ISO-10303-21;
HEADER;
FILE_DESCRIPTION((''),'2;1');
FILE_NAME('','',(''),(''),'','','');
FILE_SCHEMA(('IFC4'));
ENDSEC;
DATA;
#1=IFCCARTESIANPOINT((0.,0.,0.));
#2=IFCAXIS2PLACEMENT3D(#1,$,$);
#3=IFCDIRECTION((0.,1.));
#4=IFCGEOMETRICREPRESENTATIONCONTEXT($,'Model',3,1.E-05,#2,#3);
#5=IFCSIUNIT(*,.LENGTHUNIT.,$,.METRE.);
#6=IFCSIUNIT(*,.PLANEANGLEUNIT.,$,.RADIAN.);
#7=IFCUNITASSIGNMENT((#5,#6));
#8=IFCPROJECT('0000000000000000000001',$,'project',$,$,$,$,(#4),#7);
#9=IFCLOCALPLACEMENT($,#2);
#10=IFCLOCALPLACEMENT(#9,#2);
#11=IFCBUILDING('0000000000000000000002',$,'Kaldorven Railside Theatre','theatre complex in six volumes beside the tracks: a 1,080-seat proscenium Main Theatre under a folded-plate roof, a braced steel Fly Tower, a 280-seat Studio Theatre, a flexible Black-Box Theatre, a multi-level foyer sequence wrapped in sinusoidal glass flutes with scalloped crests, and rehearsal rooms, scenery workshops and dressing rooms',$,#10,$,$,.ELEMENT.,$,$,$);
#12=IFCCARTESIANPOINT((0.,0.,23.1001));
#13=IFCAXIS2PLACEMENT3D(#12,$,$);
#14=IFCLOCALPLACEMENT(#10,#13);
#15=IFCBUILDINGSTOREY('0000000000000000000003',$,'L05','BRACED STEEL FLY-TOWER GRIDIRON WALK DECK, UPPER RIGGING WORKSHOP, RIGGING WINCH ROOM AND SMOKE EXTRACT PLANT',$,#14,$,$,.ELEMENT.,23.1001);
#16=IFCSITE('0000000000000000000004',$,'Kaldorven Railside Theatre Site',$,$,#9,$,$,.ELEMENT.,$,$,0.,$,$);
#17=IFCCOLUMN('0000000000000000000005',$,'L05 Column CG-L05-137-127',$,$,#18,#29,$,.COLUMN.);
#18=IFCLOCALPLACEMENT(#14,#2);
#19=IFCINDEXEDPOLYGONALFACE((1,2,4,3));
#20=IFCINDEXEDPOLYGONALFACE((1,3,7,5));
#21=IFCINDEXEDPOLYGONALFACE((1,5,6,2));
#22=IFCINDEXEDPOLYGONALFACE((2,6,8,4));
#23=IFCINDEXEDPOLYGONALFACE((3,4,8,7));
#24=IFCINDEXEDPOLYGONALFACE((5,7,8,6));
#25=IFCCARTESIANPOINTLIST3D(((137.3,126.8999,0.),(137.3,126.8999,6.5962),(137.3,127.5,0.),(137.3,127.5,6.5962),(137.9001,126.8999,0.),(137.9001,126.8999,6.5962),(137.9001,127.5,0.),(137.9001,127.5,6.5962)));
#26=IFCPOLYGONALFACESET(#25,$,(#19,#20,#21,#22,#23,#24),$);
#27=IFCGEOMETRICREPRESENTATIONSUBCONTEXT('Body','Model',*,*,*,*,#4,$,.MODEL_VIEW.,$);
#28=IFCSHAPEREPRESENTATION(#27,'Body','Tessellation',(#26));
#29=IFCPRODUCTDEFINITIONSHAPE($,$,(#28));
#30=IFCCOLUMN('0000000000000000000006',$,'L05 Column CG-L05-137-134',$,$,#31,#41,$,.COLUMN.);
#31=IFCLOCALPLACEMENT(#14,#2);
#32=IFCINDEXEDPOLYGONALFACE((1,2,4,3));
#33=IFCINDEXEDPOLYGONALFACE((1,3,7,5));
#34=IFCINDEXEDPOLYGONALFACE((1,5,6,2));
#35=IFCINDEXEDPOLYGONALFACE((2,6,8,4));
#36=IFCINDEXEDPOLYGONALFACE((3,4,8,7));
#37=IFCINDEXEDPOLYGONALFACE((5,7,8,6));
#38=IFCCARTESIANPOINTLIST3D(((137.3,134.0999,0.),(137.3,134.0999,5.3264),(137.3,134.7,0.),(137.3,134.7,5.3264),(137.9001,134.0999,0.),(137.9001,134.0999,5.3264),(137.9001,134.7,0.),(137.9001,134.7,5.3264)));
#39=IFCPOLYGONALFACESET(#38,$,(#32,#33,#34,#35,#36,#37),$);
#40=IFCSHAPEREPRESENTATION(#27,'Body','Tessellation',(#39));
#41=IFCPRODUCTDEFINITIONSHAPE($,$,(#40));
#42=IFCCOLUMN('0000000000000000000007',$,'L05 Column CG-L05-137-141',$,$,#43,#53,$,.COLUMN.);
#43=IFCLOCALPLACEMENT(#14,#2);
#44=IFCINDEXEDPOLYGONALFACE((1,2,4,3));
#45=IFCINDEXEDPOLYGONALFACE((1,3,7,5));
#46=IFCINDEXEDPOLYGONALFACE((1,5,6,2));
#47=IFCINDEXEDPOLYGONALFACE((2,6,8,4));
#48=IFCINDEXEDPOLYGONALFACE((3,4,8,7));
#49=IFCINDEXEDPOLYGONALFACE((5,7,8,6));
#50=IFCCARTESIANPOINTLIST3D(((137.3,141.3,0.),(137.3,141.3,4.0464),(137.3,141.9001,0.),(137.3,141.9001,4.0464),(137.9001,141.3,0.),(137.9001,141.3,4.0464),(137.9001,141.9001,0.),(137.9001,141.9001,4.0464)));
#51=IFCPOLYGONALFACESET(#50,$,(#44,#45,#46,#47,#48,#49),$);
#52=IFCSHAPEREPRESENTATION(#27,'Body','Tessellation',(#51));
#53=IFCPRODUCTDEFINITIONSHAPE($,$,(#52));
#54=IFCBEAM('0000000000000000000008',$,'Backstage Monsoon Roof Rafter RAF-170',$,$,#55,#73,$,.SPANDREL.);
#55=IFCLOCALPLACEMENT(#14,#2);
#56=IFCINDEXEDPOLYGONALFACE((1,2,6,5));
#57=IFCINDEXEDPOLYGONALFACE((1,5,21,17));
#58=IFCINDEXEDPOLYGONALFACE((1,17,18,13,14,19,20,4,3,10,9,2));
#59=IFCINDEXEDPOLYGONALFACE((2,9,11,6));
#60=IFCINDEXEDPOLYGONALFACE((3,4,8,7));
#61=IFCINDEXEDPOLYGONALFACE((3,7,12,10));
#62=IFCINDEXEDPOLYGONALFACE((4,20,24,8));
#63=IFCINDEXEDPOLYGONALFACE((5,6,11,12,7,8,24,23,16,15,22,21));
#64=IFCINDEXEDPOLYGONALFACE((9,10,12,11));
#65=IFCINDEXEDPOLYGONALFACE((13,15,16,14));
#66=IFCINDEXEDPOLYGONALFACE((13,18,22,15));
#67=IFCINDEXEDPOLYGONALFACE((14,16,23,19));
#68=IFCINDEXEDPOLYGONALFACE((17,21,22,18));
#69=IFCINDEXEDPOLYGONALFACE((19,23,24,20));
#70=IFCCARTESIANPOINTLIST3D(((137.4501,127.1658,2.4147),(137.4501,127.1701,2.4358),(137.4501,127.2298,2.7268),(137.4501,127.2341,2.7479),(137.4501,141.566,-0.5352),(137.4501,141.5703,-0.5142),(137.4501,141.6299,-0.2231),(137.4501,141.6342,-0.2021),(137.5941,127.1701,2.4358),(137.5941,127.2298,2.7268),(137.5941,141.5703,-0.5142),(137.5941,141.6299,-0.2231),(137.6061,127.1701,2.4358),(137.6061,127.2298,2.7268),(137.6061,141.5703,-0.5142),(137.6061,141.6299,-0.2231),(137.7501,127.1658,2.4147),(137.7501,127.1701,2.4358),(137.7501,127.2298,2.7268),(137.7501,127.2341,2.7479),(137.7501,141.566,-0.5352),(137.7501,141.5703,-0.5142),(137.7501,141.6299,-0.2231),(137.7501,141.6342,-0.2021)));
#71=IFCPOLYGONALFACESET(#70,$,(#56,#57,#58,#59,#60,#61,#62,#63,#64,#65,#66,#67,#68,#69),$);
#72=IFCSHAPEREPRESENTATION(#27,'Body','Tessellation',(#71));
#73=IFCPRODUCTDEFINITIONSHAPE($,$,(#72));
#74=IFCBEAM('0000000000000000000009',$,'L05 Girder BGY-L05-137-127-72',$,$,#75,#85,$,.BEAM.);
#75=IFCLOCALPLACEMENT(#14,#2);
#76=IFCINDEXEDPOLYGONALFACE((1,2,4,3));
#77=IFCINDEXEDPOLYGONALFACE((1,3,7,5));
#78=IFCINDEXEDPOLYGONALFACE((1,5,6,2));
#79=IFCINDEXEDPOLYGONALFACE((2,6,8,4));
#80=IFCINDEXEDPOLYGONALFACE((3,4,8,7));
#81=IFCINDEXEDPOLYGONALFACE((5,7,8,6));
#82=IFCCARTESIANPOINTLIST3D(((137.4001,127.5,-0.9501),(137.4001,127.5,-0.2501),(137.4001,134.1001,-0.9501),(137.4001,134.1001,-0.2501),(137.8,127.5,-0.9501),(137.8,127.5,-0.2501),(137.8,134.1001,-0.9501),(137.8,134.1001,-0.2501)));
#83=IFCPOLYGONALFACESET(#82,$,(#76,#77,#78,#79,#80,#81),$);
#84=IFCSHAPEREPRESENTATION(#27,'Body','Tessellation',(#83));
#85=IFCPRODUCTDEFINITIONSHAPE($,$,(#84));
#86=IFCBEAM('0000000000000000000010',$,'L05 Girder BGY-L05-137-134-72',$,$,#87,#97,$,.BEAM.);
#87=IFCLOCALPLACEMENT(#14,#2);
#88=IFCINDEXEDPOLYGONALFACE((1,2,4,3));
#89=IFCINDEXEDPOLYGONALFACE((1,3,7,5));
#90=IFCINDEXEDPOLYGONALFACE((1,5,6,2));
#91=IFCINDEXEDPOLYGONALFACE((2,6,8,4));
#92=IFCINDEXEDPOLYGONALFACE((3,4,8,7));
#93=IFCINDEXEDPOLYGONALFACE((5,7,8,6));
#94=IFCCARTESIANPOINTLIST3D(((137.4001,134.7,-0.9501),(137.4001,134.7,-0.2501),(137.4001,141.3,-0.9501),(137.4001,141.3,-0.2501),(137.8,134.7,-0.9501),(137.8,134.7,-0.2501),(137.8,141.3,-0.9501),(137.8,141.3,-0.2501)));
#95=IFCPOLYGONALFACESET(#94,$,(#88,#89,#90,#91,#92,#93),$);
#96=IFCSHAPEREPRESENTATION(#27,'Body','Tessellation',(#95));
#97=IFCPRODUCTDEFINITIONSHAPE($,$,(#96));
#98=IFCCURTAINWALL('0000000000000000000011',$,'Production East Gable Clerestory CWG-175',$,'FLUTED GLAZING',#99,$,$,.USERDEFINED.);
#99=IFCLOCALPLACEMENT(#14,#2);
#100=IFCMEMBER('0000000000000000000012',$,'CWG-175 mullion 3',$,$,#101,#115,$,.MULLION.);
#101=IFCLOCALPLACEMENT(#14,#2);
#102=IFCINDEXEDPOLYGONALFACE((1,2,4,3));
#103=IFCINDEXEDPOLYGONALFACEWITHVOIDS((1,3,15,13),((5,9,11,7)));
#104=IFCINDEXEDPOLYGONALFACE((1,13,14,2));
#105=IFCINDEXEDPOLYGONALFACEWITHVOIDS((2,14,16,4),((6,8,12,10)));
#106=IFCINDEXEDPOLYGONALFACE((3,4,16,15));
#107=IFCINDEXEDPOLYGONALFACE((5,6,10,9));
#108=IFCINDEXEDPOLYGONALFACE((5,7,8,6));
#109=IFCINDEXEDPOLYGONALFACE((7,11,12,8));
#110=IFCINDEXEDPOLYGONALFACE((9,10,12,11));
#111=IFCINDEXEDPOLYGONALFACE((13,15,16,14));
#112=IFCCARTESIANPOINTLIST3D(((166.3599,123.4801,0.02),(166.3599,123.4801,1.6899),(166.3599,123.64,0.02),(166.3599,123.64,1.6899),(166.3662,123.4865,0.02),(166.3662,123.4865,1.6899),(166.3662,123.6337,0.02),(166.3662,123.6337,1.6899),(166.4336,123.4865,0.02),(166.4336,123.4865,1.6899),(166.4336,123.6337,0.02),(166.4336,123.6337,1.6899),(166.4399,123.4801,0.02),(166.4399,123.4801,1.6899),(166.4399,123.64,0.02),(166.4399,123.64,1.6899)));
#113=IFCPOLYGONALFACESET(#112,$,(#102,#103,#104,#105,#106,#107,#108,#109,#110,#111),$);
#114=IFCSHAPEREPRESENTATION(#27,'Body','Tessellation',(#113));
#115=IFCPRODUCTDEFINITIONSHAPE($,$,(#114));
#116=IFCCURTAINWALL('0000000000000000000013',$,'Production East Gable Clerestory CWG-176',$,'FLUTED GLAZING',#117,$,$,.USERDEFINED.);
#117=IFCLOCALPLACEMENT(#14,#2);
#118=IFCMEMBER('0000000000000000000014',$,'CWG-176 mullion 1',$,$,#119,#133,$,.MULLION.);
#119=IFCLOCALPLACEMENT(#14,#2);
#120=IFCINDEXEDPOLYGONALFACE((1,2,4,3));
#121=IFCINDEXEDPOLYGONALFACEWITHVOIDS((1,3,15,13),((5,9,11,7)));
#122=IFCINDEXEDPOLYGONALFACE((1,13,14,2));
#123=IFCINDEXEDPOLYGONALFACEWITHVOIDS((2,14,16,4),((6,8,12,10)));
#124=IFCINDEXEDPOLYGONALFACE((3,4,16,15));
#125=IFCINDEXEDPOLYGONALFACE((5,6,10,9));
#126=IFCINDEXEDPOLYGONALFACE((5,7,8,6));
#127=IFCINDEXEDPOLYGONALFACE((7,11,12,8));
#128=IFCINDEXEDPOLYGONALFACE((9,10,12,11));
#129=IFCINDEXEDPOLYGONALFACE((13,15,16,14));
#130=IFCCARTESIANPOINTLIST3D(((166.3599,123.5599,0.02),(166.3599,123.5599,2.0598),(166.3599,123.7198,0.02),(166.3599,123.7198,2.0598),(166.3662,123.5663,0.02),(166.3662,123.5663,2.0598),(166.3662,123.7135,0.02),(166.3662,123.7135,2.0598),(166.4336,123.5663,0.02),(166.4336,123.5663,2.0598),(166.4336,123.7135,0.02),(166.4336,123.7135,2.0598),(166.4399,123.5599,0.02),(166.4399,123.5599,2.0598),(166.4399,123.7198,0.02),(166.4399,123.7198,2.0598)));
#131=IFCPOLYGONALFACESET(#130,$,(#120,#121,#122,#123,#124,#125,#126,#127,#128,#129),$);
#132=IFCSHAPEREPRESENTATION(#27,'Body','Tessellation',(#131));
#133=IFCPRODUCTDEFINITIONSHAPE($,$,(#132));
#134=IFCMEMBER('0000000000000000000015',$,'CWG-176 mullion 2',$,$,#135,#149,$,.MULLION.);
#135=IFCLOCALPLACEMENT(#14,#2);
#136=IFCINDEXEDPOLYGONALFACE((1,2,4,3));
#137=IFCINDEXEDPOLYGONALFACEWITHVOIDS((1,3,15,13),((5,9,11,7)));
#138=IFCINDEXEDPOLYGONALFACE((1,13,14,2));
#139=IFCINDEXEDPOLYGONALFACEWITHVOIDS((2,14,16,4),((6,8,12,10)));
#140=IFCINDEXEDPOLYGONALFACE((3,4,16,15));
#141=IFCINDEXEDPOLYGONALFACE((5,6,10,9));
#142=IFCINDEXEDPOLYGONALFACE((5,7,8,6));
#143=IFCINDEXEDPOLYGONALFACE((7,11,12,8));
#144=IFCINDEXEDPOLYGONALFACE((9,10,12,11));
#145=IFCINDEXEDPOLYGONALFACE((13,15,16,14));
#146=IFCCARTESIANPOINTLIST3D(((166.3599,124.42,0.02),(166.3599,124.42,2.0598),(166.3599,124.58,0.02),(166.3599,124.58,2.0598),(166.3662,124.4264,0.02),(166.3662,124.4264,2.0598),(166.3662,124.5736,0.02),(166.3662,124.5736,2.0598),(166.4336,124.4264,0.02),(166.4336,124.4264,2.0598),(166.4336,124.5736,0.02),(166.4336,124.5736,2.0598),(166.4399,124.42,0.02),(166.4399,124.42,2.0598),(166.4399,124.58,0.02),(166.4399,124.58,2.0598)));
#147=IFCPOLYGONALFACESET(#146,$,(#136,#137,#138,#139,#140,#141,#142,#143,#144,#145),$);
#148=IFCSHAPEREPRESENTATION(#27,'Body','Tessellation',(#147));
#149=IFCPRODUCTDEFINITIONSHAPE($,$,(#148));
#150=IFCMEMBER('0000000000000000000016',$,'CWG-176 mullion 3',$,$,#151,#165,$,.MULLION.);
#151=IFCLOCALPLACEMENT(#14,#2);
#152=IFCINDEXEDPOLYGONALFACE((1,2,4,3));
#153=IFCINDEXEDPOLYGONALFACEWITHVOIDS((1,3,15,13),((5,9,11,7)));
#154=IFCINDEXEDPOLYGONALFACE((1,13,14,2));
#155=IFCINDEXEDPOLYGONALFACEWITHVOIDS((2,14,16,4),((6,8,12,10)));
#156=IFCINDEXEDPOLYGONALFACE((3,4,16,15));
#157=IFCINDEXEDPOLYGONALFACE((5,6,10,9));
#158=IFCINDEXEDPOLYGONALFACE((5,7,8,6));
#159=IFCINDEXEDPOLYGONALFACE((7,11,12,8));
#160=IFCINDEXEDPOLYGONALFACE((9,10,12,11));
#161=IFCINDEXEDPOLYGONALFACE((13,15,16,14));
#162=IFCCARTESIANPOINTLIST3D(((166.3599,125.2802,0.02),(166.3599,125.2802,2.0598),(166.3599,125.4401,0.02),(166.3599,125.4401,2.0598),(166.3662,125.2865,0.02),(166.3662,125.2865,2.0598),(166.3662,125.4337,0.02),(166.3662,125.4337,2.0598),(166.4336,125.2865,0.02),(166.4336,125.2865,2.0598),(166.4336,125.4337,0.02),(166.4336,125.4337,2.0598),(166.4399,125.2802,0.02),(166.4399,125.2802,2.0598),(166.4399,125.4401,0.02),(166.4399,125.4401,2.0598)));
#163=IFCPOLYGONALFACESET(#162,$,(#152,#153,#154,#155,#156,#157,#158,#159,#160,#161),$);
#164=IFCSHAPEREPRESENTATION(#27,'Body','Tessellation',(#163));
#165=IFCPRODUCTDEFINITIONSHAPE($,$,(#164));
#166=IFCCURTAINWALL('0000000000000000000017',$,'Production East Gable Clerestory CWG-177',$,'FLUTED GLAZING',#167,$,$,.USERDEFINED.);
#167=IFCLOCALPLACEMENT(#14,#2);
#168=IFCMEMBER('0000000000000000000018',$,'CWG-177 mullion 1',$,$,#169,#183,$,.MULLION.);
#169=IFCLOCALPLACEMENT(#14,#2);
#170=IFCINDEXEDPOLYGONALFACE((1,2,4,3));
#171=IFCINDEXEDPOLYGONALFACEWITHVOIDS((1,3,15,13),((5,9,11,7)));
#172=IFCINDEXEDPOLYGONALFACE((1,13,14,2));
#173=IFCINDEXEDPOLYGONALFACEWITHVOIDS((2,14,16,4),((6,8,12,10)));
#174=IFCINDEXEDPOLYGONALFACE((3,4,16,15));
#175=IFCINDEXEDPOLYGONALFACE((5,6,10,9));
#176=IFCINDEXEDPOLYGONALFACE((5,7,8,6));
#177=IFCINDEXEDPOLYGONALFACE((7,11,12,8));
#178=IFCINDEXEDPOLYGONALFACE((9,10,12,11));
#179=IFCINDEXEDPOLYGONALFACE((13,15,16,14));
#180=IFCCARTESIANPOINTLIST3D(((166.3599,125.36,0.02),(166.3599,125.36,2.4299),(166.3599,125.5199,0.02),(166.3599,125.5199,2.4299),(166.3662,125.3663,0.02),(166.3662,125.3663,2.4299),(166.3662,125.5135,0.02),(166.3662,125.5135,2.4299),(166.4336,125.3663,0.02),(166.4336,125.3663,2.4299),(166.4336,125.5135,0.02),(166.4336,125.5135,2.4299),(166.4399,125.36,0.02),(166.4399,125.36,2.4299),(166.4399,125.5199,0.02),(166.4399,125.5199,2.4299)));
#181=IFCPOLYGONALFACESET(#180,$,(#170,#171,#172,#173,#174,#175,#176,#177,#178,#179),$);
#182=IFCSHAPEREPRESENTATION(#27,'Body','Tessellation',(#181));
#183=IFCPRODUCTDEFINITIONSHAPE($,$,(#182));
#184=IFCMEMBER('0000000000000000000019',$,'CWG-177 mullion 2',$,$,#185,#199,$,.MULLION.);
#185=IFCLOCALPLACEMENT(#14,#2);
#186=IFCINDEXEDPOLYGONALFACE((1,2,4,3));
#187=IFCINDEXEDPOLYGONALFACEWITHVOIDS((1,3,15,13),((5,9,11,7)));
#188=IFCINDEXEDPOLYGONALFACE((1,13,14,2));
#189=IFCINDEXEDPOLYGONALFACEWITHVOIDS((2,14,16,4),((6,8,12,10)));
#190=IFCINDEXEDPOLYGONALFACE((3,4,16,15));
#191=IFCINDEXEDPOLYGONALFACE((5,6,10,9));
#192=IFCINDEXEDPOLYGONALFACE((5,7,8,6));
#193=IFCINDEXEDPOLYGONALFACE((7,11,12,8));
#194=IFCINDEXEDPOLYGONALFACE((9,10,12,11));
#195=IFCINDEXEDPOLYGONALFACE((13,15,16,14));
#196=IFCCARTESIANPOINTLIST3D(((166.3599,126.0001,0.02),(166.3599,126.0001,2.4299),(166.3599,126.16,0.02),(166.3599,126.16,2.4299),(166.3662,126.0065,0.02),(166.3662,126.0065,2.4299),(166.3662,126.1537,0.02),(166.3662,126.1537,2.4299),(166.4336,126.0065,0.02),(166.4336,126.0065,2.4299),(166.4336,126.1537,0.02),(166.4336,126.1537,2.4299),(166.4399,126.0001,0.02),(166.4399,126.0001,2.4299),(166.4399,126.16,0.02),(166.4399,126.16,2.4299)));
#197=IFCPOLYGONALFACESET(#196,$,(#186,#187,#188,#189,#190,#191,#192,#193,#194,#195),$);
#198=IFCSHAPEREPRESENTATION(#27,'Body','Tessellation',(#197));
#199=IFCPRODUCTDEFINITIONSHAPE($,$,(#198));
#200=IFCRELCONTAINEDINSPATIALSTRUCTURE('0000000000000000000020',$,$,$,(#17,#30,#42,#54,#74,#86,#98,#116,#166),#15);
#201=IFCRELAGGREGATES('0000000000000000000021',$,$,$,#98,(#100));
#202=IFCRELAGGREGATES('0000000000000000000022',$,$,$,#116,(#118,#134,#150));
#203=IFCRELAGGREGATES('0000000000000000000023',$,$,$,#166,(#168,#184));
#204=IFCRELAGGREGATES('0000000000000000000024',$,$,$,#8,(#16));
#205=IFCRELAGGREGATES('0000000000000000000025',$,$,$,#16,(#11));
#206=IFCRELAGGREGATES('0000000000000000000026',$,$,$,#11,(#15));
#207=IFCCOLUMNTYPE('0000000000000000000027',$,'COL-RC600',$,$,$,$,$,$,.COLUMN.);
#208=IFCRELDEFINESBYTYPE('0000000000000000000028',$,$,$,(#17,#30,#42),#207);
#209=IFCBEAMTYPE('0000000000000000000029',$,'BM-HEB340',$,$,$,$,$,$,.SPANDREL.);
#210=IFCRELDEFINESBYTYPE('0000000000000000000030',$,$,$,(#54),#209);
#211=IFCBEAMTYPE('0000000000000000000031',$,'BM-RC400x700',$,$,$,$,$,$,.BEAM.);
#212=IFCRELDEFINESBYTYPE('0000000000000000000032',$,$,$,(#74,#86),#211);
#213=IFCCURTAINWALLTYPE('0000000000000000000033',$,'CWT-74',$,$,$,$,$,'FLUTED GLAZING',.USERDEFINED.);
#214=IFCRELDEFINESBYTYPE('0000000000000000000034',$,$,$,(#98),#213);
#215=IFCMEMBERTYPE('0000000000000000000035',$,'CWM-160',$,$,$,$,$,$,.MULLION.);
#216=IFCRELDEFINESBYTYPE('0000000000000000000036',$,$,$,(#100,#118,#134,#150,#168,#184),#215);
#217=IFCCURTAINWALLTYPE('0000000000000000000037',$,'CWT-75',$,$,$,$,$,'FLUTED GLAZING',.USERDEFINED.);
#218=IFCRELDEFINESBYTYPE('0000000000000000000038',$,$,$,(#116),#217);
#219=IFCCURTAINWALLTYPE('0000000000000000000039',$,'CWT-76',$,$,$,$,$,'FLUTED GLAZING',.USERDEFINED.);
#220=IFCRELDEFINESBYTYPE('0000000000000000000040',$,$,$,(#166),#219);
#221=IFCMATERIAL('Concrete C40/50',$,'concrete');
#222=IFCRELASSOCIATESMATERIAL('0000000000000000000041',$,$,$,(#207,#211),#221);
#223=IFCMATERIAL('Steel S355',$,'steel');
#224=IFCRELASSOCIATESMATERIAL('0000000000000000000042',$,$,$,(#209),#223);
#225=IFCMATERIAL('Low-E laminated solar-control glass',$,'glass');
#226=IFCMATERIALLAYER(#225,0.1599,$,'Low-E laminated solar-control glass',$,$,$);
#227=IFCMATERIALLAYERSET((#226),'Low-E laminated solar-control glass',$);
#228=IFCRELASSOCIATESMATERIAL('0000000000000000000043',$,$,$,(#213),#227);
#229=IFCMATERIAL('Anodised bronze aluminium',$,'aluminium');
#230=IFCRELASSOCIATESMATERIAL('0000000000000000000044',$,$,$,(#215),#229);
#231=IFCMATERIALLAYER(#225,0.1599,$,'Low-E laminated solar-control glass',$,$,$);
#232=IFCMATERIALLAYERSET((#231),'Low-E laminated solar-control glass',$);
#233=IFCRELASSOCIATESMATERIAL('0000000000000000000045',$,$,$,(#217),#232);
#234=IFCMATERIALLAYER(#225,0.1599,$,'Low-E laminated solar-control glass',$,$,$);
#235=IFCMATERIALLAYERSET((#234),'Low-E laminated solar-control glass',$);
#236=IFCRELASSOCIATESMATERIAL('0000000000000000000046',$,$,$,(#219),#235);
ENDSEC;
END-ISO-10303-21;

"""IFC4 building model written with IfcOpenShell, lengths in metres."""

from ifc_helpers import new_model, si_unit, direction, frame, origin, origin_2d, place, context, subcontext, project, spatial, rectangle, hollow_rectangle, i_section, extrude, material, layer, layer_set, material_profile, profile_set, type_object, element, aggregate, save


model = new_model("IFC4")

# Units and contexts
model_context = context("Model", 3, precision=1e-05, world=origin(), true_north=direction((0.0, 1.0)))
body_context = subcontext(model_context, "Body", "Model", "MODEL_VIEW")
ifc_project = project(units=[si_unit("LENGTHUNIT", "METRE"), si_unit("PLANEANGLEUNIT", "RADIAN")], contexts=[model_context])

# Site, building, storey
site_placement = place(None, origin())
site = spatial("IfcSite", under=ifc_project, at=site_placement, Name="Kaldorven Railside Theatre Site", CompositionType="ELEMENT", RefElevation=0.0)
building_placement = place(site_placement, origin())
building = spatial("IfcBuilding", under=site, at=building_placement, Name="Kaldorven Railside Theatre", Description="theatre complex in six volumes beside the tracks: a 1,080-seat proscenium Main Theatre under a folded-plate roof, a braced steel Fly Tower, a 280-seat Studio Theatre, a flexible Black-Box Theatre, a multi-level foyer sequence wrapped in sinusoidal glass flutes with scalloped crests, and rehearsal rooms, scenery workshops and dressing rooms", CompositionType="ELEMENT")
storey_placement = place(building_placement, frame((0.0, 0.0, 23.1001)))
storey = spatial("IfcBuildingStorey", under=building, at=storey_placement, Name="L05", Description="BRACED STEEL FLY-TOWER GRIDIRON WALK DECK, UPPER RIGGING WORKSHOP, RIGGING WINCH ROOM AND SMOKE EXTRACT PLANT", CompositionType="ELEMENT", Elevation=23.1001)

# Columns
ifc_material_1 = material(Name="Concrete C40/50", Category="concrete")
ifc_material_profile_1 = material_profile(ifc_material_1, rectangle(XDim=0.6001, YDim=0.6001, at=origin_2d()), Name="RC 600x600")
ifc_profile_set_1 = profile_set([ifc_material_profile_1], Name="Concrete C40/50")
column_type = type_object("IfcColumnType", Name="COL-RC600", PredefinedType="COLUMN", material=ifc_profile_set_1)
column_1_placement = place(storey_placement, frame((137.6001, 127.2, 0.0), z_axis=(0.0, 0.0, 1.0), x_axis=(1.0, 0.0, 0.0)))
element("IfcColumn", 1, at=column_1_placement, inside=storey, type_object=column_type, Name="L05 Column CG-L05-137-127", PredefinedType="COLUMN", context=body_context, shape_type="SweptSolid", body=[
    extrude(rectangle(XDim=0.6001, YDim=0.6001, at=origin_2d()), origin(), (0.0, 0.0, 1.0), 6.5962),
])
column_2_placement = place(storey_placement, frame((137.6001, 134.3999, 0.0), z_axis=(0.0, 0.0, 1.0), x_axis=(1.0, 0.0, 0.0)))
element("IfcColumn", 2, at=column_2_placement, inside=storey, type_object=column_type, Name="L05 Column CG-L05-137-134", PredefinedType="COLUMN", context=body_context, shape_type="SweptSolid", body=[
    extrude(rectangle(XDim=0.6001, YDim=0.6001, at=origin_2d()), origin(), (0.0, 0.0, 1.0), 5.3264),
])
column_3_placement = place(storey_placement, frame((137.6001, 141.6001, 0.0), z_axis=(0.0, 0.0, 1.0), x_axis=(0.0, 1.0, 0.0)))
element("IfcColumn", 3, at=column_3_placement, inside=storey, type_object=column_type, Name="L05 Column CG-L05-137-141", PredefinedType="COLUMN", context=body_context, shape_type="SweptSolid", body=[
    extrude(rectangle(XDim=0.6001, YDim=0.6001, at=origin_2d()), origin(), (0.0, 0.0, 1.0), 4.0464),
])

# Beams
ifc_material_2 = material(Name="Steel S355", Category="steel")
ifc_material_profile_2 = material_profile(ifc_material_2, i_section(OverallWidth=0.3, OverallDepth=0.3401, WebThickness=0.012, FlangeThickness=0.0215, at=origin_2d()), Name="HEB 340")
ifc_profile_set_2 = profile_set([ifc_material_profile_2], Name="Steel S355")
beam_type_1 = type_object("IfcBeamType", Name="BM-HEB340", PredefinedType="SPANDREL", material=ifc_profile_set_2)
beam_placement = place(storey_placement, frame((137.6001, 127.2, 2.5813), z_axis=(0.0, 0.979655, -0.200688), x_axis=(-1.0, 0.0, 0.0)))
element("IfcBeam", 4, at=beam_placement, inside=storey, type_object=beam_type_1, Name="Backstage Monsoon Roof Rafter RAF-170", PredefinedType="SPANDREL", context=body_context, shape_type="SweptSolid", body=[
    extrude(i_section(OverallWidth=0.3, OverallDepth=0.3401, WebThickness=0.012, FlangeThickness=0.0215, at=origin_2d()), origin(), (0.0, 0.0, 1.0), 14.6992),
])
ifc_material_profile_3 = material_profile(ifc_material_1, rectangle(XDim=0.3999, YDim=0.7, at=origin_2d()), Name="RC 400x700")
ifc_profile_set_3 = profile_set([ifc_material_profile_3], Name="Concrete C40/50")
beam_type_2 = type_object("IfcBeamType", Name="BM-RC400x700", PredefinedType="BEAM", material=ifc_profile_set_3)
for number, where, z_axis, x_axis, name in (
    (5, (137.6001, 127.5, -0.6001), (0.0, 1.0, 0.0), (-1.0, 0.0, 0.0), "L05 Girder BGY-L05-137-127-72"),
    (6, (137.6001, 134.7, -0.6001), (0.0, 1.0, 0.0), (-1.0, 0.0, 0.0), "L05 Girder BGY-L05-137-134-72"),
):
    element("IfcBeam", number, at=place(storey_placement, frame(where, z_axis=z_axis, x_axis=x_axis)), inside=storey, type_object=beam_type_2, Name=name, PredefinedType="BEAM", context=body_context, shape_type="SweptSolid", body=[
        extrude(rectangle(XDim=0.3999, YDim=0.7, at=origin_2d()), origin(), (0.0, 0.0, 1.0), 6.6001),
    ])

# Curtain wall, member
ifc_material_3 = material(Name="Low-E laminated solar-control glass", Category="glass")
ifc_layer_1 = layer(ifc_material_3, 0.1599, Name="Low-E laminated solar-control glass")
ifc_layer_set_1 = layer_set([ifc_layer_1], Name="Low-E laminated solar-control glass")
curtain_wall_type_1 = type_object("IfcCurtainWallType", Name="CWT-74", ElementType="FLUTED GLAZING", PredefinedType="USERDEFINED", material=ifc_layer_set_1)
curtain_wall_1_placement = place(storey_placement, origin())
curtain_wall_1 = element("IfcCurtainWall", 7, at=curtain_wall_1_placement, inside=storey, type_object=curtain_wall_type_1, Name="Production East Gable Clerestory CWG-175", ObjectType="FLUTED GLAZING", PredefinedType="USERDEFINED")
ifc_material_4 = material(Name="Anodised bronze aluminium", Category="aluminium")
ifc_material_profile_4 = material_profile(ifc_material_4, hollow_rectangle(XDim=0.0801, YDim=0.1599, WallThickness=0.0063, at=origin_2d()), Name="RHS 160x80x6.3")
ifc_profile_set_4 = profile_set([ifc_material_profile_4], Name="Anodised bronze aluminium")
member_type_1 = type_object("IfcMemberType", Name="CWM-160", PredefinedType="MULLION", material=ifc_profile_set_4)
member_1_placement = place(storey_placement, frame((166.3999, 123.5601, 0.02), z_axis=(0.0, 0.0, 1.0), x_axis=(-1.0, 0.0, 0.0)))
member_1 = element("IfcMember", 8, at=member_1_placement, type_object=member_type_1, Name="CWG-175 mullion 3", PredefinedType="MULLION", context=body_context, shape_type="SweptSolid", body=[
    extrude(hollow_rectangle(XDim=0.0801, YDim=0.1599, WallThickness=0.0063, at=origin_2d()), origin(), (0.0, 0.0, 1.0), 1.6699),
])

# Curtain walls, members
ifc_layer_2 = layer(ifc_material_3, 0.1599, Name="Low-E laminated solar-control glass")
ifc_layer_set_2 = layer_set([ifc_layer_2], Name="Low-E laminated solar-control glass")
curtain_wall_type_2 = type_object("IfcCurtainWallType", Name="CWT-75", ElementType="FLUTED GLAZING", PredefinedType="USERDEFINED", material=ifc_layer_set_2)
curtain_wall_2_placement = place(storey_placement, origin())
curtain_wall_2 = element("IfcCurtainWall", 9, at=curtain_wall_2_placement, inside=storey, type_object=curtain_wall_type_2, Name="Production East Gable Clerestory CWG-176", ObjectType="FLUTED GLAZING", PredefinedType="USERDEFINED")
member_2_placement = place(storey_placement, frame((166.3999, 123.6399, 0.02), z_axis=(0.0, 0.0, 1.0), x_axis=(-1.0, 0.0, 0.0)))
member_2 = element("IfcMember", 10, at=member_2_placement, type_object=member_type_1, Name="CWG-176 mullion 1", PredefinedType="MULLION", context=body_context, shape_type="SweptSolid", body=[
    extrude(hollow_rectangle(XDim=0.0801, YDim=0.1599, WallThickness=0.0063, at=origin_2d()), origin(), (0.0, 0.0, 1.0), 2.0398),
])
member_3_placement = place(storey_placement, frame((166.3999, 124.5, 0.02), z_axis=(0.0, 0.0, 1.0), x_axis=(-1.0, 0.0, 0.0)))
member_3 = element("IfcMember", 11, at=member_3_placement, type_object=member_type_1, Name="CWG-176 mullion 2", PredefinedType="MULLION", context=body_context, shape_type="SweptSolid", body=[
    extrude(hollow_rectangle(XDim=0.0801, YDim=0.1599, WallThickness=0.0063, at=origin_2d()), origin(), (0.0, 0.0, 1.0), 2.0398),
])
member_4_placement = place(storey_placement, frame((166.3999, 125.3601, 0.02), z_axis=(0.0, 0.0, 1.0), x_axis=(-1.0, 0.0, 0.0)))
member_4 = element("IfcMember", 12, at=member_4_placement, type_object=member_type_1, Name="CWG-176 mullion 3", PredefinedType="MULLION", context=body_context, shape_type="SweptSolid", body=[
    extrude(hollow_rectangle(XDim=0.0801, YDim=0.1599, WallThickness=0.0063, at=origin_2d()), origin(), (0.0, 0.0, 1.0), 2.0398),
])
ifc_layer_3 = layer(ifc_material_3, 0.1599, Name="Low-E laminated solar-control glass")
ifc_layer_set_3 = layer_set([ifc_layer_3], Name="Low-E laminated solar-control glass")
curtain_wall_type_3 = type_object("IfcCurtainWallType", Name="CWT-76", ElementType="FLUTED GLAZING", PredefinedType="USERDEFINED", material=ifc_layer_set_3)
curtain_wall_3_placement = place(storey_placement, origin())
curtain_wall_3 = element("IfcCurtainWall", 13, at=curtain_wall_3_placement, inside=storey, type_object=curtain_wall_type_3, Name="Production East Gable Clerestory CWG-177", ObjectType="FLUTED GLAZING", PredefinedType="USERDEFINED")
member_5_placement = place(storey_placement, frame((166.3999, 125.4399, 0.02), z_axis=(0.0, 0.0, 1.0), x_axis=(-1.0, 0.0, 0.0)))
member_5 = element("IfcMember", 14, at=member_5_placement, type_object=member_type_1, Name="CWG-177 mullion 1", PredefinedType="MULLION", context=body_context, shape_type="SweptSolid", body=[
    extrude(hollow_rectangle(XDim=0.0801, YDim=0.1599, WallThickness=0.0063, at=origin_2d()), origin(), (0.0, 0.0, 1.0), 2.4099),
])
member_6_placement = place(storey_placement, frame((166.3999, 126.0801, 0.02), z_axis=(0.0, 0.0, 1.0), x_axis=(-1.0, 0.0, 0.0)))
member_6 = element("IfcMember", 15, at=member_6_placement, type_object=member_type_1, Name="CWG-177 mullion 2", PredefinedType="MULLION", context=body_context, shape_type="SweptSolid", body=[
    extrude(hollow_rectangle(XDim=0.0801, YDim=0.1599, WallThickness=0.0063, at=origin_2d()), origin(), (0.0, 0.0, 1.0), 2.4099),
])

aggregate(curtain_wall_1, [member_1])
aggregate(curtain_wall_2, [member_2, member_3, member_4])
aggregate(curtain_wall_3, [member_5, member_6])

save(model, "model.ifc")
